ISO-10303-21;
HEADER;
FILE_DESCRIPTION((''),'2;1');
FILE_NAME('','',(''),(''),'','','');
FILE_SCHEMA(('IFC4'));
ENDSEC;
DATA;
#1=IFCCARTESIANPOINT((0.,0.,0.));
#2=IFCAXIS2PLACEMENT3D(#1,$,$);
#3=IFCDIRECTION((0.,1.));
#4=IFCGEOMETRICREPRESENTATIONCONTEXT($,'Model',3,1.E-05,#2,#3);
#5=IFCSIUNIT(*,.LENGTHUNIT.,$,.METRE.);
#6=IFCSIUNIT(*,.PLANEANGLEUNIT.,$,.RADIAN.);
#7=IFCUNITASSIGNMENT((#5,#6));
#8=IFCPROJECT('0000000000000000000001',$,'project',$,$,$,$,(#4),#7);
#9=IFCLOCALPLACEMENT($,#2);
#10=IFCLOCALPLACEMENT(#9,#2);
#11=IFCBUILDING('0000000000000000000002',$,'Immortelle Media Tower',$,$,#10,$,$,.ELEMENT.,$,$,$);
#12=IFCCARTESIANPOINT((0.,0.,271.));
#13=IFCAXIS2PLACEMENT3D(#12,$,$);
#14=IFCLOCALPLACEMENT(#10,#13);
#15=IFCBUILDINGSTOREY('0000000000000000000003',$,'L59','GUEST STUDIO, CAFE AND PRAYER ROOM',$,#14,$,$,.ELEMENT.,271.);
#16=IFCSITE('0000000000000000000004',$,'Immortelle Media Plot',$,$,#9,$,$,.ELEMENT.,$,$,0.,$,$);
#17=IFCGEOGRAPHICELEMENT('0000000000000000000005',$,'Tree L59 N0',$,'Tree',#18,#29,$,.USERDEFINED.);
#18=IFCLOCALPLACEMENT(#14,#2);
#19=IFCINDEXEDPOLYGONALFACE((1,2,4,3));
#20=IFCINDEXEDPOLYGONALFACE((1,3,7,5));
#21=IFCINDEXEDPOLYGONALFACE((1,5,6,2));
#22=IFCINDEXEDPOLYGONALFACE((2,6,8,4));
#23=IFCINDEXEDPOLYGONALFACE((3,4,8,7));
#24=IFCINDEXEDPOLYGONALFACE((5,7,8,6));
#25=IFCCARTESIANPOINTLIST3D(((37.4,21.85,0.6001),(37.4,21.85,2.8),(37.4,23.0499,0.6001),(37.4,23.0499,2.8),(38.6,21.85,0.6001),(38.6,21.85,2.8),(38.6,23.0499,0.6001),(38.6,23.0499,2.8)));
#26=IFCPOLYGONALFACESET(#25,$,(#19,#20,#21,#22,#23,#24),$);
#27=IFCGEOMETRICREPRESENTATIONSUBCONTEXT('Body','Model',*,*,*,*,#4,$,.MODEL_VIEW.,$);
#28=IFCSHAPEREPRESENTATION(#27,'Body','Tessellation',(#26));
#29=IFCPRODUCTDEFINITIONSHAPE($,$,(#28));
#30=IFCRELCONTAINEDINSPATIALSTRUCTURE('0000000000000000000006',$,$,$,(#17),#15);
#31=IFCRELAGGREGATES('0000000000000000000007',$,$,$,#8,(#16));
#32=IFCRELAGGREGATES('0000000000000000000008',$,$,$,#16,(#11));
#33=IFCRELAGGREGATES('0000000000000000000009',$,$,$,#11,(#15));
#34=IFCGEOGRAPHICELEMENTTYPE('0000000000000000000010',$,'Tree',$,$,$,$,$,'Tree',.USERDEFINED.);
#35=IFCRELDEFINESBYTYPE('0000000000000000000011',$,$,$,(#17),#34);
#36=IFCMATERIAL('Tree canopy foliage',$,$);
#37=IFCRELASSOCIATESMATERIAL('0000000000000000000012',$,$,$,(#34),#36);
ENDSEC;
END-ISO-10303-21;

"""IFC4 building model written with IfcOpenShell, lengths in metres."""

from ifc_helpers import new_model, si_unit, direction, frame, origin, origin_2d, place, context, subcontext, project, spatial, rectangle, extrude, material, type_object, element, save


model = new_model("IFC4")

# Units and contexts
model_context = context("Model", 3, precision=1e-05, world=origin(), true_north=direction((0.0, 1.0)))
body_context = subcontext(model_context, "Body", "Model", "MODEL_VIEW")
ifc_project = project(units=[si_unit("LENGTHUNIT", "METRE"), si_unit("PLANEANGLEUNIT", "RADIAN")], contexts=[model_context])

# Site, building, storey
site_placement = place(None, origin())
site = spatial("IfcSite", under=ifc_project, at=site_placement, Name="Immortelle Media Plot", CompositionType="ELEMENT", RefElevation=0.0)
building_placement = place(site_placement, origin())
building = spatial("IfcBuilding", under=site, at=building_placement, Name="Immortelle Media Tower", CompositionType="ELEMENT")
storey_placement = place(building_placement, frame((0.0, 0.0, 271.0)))
storey = spatial("IfcBuildingStorey", under=building, at=storey_placement, Name="L59", Description="GUEST STUDIO, CAFE AND PRAYER ROOM", CompositionType="ELEMENT", Elevation=271.0)

# Geographic element
ifc_material_1 = material(Name="Tree canopy foliage")
geographic_element_type = type_object("IfcGeographicElementType", Name="Tree", ElementType="Tree", PredefinedType="USERDEFINED", material=ifc_material_1)
geographic_element_placement = place(storey_placement, frame((38.0, 22.45, 0.6001), z_axis=(0.0, 0.0, 1.0), x_axis=(1.0, 0.0, 0.0)))
element("IfcGeographicElement", 1, at=geographic_element_placement, inside=storey, type_object=geographic_element_type, Name="Tree L59 N0", ObjectType="Tree", PredefinedType="USERDEFINED", context=body_context, shape_type="SweptSolid", body=[
    extrude(rectangle(XDim=1.2, YDim=1.2, at=origin_2d()), origin(), (0.0, 0.0, 1.0), 2.2),
])

save(model, "model.ifc")
